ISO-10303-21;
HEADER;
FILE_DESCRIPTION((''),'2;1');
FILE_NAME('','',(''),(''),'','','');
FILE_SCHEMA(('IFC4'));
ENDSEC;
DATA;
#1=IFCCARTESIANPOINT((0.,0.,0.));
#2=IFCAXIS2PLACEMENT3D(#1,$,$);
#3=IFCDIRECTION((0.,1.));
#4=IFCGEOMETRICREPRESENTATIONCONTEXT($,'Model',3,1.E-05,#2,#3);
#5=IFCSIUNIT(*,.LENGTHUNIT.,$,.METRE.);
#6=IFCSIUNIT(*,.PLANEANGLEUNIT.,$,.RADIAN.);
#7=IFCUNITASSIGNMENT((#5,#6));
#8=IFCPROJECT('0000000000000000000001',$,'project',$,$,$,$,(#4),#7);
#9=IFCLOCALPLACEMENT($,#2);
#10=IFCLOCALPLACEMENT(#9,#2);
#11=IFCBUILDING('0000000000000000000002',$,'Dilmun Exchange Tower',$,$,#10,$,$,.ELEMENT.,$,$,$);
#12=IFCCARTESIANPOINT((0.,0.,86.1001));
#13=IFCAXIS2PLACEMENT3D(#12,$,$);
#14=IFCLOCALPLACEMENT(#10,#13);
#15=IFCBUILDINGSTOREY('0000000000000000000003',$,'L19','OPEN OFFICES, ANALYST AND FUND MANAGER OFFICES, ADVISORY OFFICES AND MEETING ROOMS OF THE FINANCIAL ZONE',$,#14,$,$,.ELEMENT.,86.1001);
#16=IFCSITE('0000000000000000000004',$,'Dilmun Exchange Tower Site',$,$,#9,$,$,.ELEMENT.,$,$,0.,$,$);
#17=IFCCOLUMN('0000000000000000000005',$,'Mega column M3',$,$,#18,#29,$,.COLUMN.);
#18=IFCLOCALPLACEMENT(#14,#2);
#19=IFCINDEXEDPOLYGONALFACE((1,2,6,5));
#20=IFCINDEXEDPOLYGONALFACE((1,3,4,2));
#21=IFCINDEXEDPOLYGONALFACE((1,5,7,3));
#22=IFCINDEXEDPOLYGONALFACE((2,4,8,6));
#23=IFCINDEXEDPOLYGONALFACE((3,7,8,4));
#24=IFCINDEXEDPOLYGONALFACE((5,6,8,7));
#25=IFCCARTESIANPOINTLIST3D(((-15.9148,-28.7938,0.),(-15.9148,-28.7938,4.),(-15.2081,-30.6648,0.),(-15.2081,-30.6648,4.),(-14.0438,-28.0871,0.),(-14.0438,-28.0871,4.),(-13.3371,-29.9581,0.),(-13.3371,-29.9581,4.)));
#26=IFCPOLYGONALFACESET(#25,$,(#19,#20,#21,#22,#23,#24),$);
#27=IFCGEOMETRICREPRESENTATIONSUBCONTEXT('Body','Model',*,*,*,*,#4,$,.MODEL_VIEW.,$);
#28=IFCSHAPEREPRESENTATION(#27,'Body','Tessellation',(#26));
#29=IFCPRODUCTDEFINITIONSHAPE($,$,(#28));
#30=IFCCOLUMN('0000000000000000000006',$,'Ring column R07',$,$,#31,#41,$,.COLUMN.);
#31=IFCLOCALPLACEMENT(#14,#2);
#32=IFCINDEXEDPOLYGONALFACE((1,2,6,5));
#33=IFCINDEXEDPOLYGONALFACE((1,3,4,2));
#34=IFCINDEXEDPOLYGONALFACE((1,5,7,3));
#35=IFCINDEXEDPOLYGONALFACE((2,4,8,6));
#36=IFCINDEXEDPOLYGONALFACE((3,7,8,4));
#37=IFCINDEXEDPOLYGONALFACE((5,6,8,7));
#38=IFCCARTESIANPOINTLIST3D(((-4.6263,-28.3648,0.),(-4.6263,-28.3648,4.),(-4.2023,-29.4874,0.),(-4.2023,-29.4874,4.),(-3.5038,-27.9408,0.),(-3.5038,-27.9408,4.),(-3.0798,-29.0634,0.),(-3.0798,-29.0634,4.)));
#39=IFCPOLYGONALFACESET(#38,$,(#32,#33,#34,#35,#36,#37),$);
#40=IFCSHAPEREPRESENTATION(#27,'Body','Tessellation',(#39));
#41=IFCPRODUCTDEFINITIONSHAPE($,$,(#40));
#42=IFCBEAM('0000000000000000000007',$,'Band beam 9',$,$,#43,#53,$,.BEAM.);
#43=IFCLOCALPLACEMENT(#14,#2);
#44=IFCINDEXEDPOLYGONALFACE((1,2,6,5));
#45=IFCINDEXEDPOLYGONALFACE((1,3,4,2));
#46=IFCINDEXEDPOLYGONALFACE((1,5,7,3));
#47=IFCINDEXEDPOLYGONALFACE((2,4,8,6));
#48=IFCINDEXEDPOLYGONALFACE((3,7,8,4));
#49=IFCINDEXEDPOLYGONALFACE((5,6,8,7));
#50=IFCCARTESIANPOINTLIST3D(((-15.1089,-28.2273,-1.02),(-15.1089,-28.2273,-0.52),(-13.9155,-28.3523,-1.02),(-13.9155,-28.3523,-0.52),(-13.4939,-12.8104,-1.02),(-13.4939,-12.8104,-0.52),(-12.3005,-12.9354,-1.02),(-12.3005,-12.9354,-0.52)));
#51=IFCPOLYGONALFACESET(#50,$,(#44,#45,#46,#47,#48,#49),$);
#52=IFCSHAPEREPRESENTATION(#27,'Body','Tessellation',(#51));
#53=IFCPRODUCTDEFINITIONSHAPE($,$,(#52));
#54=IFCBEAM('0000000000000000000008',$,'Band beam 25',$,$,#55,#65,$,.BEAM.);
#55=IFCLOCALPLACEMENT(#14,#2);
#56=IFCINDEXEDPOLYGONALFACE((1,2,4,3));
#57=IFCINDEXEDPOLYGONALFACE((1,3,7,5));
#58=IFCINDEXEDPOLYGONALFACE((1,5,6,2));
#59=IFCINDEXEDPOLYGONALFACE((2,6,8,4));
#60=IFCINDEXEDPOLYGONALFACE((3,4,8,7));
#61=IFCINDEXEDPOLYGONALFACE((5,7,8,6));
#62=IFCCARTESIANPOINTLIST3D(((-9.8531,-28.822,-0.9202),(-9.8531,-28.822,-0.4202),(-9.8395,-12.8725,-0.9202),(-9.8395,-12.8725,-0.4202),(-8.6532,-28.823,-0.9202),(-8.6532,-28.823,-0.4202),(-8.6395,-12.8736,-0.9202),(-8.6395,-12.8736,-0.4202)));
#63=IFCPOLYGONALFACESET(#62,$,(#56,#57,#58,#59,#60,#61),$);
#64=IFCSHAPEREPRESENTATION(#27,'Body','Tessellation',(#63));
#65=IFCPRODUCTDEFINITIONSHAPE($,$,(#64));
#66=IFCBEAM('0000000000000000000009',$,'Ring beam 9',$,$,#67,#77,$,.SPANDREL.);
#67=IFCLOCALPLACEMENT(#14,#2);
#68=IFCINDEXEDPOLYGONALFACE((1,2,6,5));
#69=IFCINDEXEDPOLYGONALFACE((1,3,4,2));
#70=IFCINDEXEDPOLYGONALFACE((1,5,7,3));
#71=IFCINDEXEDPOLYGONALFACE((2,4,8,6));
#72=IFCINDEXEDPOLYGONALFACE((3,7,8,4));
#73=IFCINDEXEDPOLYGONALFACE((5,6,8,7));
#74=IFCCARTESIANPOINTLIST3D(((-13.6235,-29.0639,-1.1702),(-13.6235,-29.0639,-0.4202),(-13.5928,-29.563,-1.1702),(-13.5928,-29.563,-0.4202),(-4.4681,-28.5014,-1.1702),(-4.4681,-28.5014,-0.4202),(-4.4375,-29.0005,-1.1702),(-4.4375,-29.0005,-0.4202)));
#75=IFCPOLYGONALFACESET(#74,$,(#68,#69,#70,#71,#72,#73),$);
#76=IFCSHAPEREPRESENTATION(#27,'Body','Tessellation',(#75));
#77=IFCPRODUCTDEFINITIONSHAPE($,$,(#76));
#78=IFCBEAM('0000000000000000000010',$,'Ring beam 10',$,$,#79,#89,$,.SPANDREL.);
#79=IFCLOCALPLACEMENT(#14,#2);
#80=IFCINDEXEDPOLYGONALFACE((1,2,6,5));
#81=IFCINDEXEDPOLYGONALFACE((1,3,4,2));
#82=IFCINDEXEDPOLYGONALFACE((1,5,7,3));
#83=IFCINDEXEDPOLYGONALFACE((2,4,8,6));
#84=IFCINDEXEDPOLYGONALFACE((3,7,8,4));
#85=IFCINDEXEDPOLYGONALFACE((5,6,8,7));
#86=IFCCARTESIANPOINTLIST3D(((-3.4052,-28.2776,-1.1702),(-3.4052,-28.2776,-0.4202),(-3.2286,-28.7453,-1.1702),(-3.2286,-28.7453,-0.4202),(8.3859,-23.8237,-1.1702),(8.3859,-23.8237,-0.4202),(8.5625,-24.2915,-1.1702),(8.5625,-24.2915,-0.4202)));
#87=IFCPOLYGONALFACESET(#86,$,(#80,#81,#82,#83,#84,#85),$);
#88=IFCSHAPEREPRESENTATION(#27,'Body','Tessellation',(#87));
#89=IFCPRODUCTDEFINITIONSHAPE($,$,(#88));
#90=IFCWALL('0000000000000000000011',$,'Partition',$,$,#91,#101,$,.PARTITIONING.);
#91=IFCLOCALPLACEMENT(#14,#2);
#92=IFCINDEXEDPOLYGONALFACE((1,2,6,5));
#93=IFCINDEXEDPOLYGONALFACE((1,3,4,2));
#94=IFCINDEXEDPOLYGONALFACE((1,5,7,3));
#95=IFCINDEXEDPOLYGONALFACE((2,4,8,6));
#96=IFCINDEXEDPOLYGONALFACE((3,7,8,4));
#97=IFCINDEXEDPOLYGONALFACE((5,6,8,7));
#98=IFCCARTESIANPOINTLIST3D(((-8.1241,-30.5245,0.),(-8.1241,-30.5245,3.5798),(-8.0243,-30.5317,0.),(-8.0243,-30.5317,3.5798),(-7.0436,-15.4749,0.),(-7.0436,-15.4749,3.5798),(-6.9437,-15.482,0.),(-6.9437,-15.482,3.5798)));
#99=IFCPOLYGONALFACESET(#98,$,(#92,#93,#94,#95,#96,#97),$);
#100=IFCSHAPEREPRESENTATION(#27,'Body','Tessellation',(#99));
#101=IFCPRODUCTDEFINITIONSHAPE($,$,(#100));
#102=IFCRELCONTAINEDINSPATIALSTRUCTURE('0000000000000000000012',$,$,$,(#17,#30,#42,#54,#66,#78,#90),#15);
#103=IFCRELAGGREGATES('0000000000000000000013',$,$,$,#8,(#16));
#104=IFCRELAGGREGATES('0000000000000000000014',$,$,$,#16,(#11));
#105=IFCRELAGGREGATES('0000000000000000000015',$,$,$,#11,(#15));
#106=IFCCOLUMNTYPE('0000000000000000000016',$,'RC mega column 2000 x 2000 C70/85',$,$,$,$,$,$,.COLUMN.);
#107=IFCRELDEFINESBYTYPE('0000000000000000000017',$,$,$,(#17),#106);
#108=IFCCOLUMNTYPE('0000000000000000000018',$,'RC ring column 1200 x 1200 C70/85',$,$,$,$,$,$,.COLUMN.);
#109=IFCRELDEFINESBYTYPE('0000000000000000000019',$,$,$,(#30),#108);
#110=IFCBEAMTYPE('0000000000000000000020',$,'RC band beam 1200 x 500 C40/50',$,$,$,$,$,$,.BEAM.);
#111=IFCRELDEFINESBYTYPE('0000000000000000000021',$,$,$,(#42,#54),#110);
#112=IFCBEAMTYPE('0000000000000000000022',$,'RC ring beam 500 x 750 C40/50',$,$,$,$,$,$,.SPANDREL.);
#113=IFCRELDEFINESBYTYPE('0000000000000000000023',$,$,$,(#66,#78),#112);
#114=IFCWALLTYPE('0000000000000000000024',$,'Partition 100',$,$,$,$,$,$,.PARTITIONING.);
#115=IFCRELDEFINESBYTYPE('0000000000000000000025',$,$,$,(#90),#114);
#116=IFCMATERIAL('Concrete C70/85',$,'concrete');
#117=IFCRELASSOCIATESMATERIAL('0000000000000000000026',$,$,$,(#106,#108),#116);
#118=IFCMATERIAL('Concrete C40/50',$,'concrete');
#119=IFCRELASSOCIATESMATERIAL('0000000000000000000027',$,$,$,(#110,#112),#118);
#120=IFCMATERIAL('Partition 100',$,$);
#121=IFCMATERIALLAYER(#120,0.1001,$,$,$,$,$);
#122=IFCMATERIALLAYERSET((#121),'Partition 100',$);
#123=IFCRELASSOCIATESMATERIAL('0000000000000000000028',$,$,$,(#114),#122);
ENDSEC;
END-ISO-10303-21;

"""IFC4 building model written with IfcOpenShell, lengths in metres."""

from ifc_helpers import new_model, si_unit, direction, frame, frame_2d, origin, origin_2d, place, context, subcontext, project, spatial, rectangle, extrude, material, layer, layer_set, material_profile, profile_set, type_object, element, save


model = new_model("IFC4")

# Units and contexts
model_context = context("Model", 3, precision=1e-05, world=origin(), true_north=direction((0.0, 1.0)))
body_context = subcontext(model_context, "Body", "Model", "MODEL_VIEW")
ifc_project = project(units=[si_unit("LENGTHUNIT", "METRE"), si_unit("PLANEANGLEUNIT", "RADIAN")], contexts=[model_context])

# Site, building, storey
site_placement = place(None, origin())
site = spatial("IfcSite", under=ifc_project, at=site_placement, Name="Dilmun Exchange Tower Site", CompositionType="ELEMENT", RefElevation=0.0)
building_placement = place(site_placement, origin())
building = spatial("IfcBuilding", under=site, at=building_placement, Name="Dilmun Exchange Tower", CompositionType="ELEMENT")
storey_placement = place(building_placement, frame((0.0, 0.0, 86.1001)))
storey = spatial("IfcBuildingStorey", under=building, at=storey_placement, Name="L19", Description="OPEN OFFICES, ANALYST AND FUND MANAGER OFFICES, ADVISORY OFFICES AND MEETING ROOMS OF THE FINANCIAL ZONE", CompositionType="ELEMENT", Elevation=86.1001)

# Columns
ifc_material_1 = material(Name="Concrete C70/85", Category="concrete")
ifc_material_profile_1 = material_profile(ifc_material_1, rectangle(XDim=2.0, YDim=2.0, at=origin_2d()), Name="2000 x 2000")
ifc_profile_set_1 = profile_set([ifc_material_profile_1], Name="Concrete C70/85")
column_type_1 = type_object("IfcColumnType", Name="RC mega column 2000 x 2000 C70/85", PredefinedType="COLUMN", material=ifc_profile_set_1)
column_1_placement = place(storey_placement, frame((-14.626, -29.376, 0.0), z_axis=(0.0, 0.0, 1.0), x_axis=(0.935492, 0.353349, 0.0)))
element("IfcColumn", 1, at=column_1_placement, inside=storey, type_object=column_type_1, Name="Mega column M3", PredefinedType="COLUMN", context=body_context, shape_type="SweptSolid", body=[
    extrude(rectangle(XDim=2.0, YDim=2.0, at=origin_2d()), origin(), (0.0, 0.0, 1.0), 4.0),
])
ifc_material_profile_2 = material_profile(ifc_material_1, rectangle(XDim=1.2, YDim=1.2, at=origin_2d()), Name="1200 x 1200")
ifc_profile_set_2 = profile_set([ifc_material_profile_2], Name="Concrete C70/85")
column_type_2 = type_object("IfcColumnType", Name="RC ring column 1200 x 1200 C70/85", PredefinedType="COLUMN", material=ifc_profile_set_2)
column_2_placement = place(storey_placement, frame((-3.853, -28.7141, 0.0), z_axis=(0.0, 0.0, 1.0), x_axis=(0.935492, 0.353349, 0.0)))
element("IfcColumn", 2, at=column_2_placement, inside=storey, type_object=column_type_2, Name="Ring column R07", PredefinedType="COLUMN", context=body_context, shape_type="SweptSolid", body=[
    extrude(rectangle(XDim=1.2, YDim=1.2, at=origin_2d()), origin(), (0.0, 0.0, 1.0), 4.0),
])

# Beams
ifc_material_2 = material(Name="Concrete C40/50", Category="concrete")
ifc_material_profile_3 = material_profile(ifc_material_2, rectangle(XDim=1.2, YDim=0.5, at=origin_2d()), Name="1200 x 500")
ifc_profile_set_3 = profile_set([ifc_material_profile_3], Name="Concrete C40/50")
beam_type_1 = type_object("IfcBeamType", Name="RC band beam 1200 x 500 C40/50", PredefinedType="BEAM", material=ifc_profile_set_3)
beam_1_placement = place(storey_placement, frame((-14.5122, -28.2898, -0.77), z_axis=(0.104185, 0.994558, 0.0), x_axis=(-0.994558, 0.104185, 0.0)))
element("IfcBeam", 3, at=beam_1_placement, inside=storey, type_object=beam_type_1, Name="Band beam 9", PredefinedType="BEAM", context=body_context, shape_type="SweptSolid", body=[
    extrude(rectangle(XDim=1.2, YDim=0.5, at=origin_2d()), origin(), (0.0, 0.0, 1.0), 15.5012),
])
beam_2_placement = place(storey_placement, frame((-9.2532, -28.8225, -0.6702), z_axis=(0.000857, 1.0, 0.0), x_axis=(-1.0, 0.000857, 0.0)))
element("IfcBeam", 4, at=beam_2_placement, inside=storey, type_object=beam_type_1, Name="Band beam 25", PredefinedType="BEAM", context=body_context, shape_type="SweptSolid", body=[
    extrude(rectangle(XDim=1.2, YDim=0.5, at=origin_2d()), origin(), (0.0, 0.0, 1.0), 15.9495),
])
ifc_material_profile_4 = material_profile(ifc_material_2, rectangle(XDim=0.5, YDim=0.75, at=origin_2d()), Name="500 x 750")
ifc_profile_set_4 = profile_set([ifc_material_profile_4], Name="Concrete C40/50")
beam_type_2 = type_object("IfcBeamType", Name="RC ring beam 500 x 750 C40/50", PredefinedType="SPANDREL", material=ifc_profile_set_4)
beam_3_placement = place(storey_placement, frame((-13.6082, -29.3135, -0.7952), z_axis=(0.998118, 0.061324, 0.0), x_axis=(-0.061324, 0.998118, 0.0)))
element("IfcBeam", 5, at=beam_3_placement, inside=storey, type_object=beam_type_2, Name="Ring beam 9", PredefinedType="SPANDREL", context=body_context, shape_type="SweptSolid", body=[
    extrude(rectangle(XDim=0.5, YDim=0.75, at=origin_2d()), origin(), (0.0, 0.0, 1.0), 9.1726),
])
beam_4_placement = place(storey_placement, frame((-3.3169, -28.5115, -0.7952), z_axis=(0.935486, 0.353364, 0.0), x_axis=(-0.353364, 0.935486, 0.0)))
element("IfcBeam", 6, at=beam_4_placement, inside=storey, type_object=beam_type_2, Name="Ring beam 10", PredefinedType="SPANDREL", context=body_context, shape_type="SweptSolid", body=[
    extrude(rectangle(XDim=0.5, YDim=0.75, at=origin_2d()), origin(), (0.0, 0.0, 1.0), 12.6042),
])

# Wall
ifc_material_3 = material(Name="Partition 100")
ifc_layer = layer(ifc_material_3, 0.1001)
ifc_layer_set = layer_set([ifc_layer], Name="Partition 100")
wall_type = type_object("IfcWallType", Name="Partition 100", PredefinedType="PARTITIONING", material=ifc_layer_set)
wall_placement = place(storey_placement, frame((-8.0742, -30.5281, 0.0), z_axis=(0.0, 0.0, 1.0), x_axis=(0.071616, 0.997432, 0.0)))
element("IfcWall", 7, at=wall_placement, inside=storey, type_object=wall_type, Name="Partition", PredefinedType="PARTITIONING", context=body_context, shape_type="SweptSolid", body=[
    extrude(rectangle(XDim=15.0884, YDim=0.1001, at=frame_2d((7.5442, 0.0))), origin(), (0.0, 0.0, 1.0), 3.5798),
])

save(model, "model.ifc")
